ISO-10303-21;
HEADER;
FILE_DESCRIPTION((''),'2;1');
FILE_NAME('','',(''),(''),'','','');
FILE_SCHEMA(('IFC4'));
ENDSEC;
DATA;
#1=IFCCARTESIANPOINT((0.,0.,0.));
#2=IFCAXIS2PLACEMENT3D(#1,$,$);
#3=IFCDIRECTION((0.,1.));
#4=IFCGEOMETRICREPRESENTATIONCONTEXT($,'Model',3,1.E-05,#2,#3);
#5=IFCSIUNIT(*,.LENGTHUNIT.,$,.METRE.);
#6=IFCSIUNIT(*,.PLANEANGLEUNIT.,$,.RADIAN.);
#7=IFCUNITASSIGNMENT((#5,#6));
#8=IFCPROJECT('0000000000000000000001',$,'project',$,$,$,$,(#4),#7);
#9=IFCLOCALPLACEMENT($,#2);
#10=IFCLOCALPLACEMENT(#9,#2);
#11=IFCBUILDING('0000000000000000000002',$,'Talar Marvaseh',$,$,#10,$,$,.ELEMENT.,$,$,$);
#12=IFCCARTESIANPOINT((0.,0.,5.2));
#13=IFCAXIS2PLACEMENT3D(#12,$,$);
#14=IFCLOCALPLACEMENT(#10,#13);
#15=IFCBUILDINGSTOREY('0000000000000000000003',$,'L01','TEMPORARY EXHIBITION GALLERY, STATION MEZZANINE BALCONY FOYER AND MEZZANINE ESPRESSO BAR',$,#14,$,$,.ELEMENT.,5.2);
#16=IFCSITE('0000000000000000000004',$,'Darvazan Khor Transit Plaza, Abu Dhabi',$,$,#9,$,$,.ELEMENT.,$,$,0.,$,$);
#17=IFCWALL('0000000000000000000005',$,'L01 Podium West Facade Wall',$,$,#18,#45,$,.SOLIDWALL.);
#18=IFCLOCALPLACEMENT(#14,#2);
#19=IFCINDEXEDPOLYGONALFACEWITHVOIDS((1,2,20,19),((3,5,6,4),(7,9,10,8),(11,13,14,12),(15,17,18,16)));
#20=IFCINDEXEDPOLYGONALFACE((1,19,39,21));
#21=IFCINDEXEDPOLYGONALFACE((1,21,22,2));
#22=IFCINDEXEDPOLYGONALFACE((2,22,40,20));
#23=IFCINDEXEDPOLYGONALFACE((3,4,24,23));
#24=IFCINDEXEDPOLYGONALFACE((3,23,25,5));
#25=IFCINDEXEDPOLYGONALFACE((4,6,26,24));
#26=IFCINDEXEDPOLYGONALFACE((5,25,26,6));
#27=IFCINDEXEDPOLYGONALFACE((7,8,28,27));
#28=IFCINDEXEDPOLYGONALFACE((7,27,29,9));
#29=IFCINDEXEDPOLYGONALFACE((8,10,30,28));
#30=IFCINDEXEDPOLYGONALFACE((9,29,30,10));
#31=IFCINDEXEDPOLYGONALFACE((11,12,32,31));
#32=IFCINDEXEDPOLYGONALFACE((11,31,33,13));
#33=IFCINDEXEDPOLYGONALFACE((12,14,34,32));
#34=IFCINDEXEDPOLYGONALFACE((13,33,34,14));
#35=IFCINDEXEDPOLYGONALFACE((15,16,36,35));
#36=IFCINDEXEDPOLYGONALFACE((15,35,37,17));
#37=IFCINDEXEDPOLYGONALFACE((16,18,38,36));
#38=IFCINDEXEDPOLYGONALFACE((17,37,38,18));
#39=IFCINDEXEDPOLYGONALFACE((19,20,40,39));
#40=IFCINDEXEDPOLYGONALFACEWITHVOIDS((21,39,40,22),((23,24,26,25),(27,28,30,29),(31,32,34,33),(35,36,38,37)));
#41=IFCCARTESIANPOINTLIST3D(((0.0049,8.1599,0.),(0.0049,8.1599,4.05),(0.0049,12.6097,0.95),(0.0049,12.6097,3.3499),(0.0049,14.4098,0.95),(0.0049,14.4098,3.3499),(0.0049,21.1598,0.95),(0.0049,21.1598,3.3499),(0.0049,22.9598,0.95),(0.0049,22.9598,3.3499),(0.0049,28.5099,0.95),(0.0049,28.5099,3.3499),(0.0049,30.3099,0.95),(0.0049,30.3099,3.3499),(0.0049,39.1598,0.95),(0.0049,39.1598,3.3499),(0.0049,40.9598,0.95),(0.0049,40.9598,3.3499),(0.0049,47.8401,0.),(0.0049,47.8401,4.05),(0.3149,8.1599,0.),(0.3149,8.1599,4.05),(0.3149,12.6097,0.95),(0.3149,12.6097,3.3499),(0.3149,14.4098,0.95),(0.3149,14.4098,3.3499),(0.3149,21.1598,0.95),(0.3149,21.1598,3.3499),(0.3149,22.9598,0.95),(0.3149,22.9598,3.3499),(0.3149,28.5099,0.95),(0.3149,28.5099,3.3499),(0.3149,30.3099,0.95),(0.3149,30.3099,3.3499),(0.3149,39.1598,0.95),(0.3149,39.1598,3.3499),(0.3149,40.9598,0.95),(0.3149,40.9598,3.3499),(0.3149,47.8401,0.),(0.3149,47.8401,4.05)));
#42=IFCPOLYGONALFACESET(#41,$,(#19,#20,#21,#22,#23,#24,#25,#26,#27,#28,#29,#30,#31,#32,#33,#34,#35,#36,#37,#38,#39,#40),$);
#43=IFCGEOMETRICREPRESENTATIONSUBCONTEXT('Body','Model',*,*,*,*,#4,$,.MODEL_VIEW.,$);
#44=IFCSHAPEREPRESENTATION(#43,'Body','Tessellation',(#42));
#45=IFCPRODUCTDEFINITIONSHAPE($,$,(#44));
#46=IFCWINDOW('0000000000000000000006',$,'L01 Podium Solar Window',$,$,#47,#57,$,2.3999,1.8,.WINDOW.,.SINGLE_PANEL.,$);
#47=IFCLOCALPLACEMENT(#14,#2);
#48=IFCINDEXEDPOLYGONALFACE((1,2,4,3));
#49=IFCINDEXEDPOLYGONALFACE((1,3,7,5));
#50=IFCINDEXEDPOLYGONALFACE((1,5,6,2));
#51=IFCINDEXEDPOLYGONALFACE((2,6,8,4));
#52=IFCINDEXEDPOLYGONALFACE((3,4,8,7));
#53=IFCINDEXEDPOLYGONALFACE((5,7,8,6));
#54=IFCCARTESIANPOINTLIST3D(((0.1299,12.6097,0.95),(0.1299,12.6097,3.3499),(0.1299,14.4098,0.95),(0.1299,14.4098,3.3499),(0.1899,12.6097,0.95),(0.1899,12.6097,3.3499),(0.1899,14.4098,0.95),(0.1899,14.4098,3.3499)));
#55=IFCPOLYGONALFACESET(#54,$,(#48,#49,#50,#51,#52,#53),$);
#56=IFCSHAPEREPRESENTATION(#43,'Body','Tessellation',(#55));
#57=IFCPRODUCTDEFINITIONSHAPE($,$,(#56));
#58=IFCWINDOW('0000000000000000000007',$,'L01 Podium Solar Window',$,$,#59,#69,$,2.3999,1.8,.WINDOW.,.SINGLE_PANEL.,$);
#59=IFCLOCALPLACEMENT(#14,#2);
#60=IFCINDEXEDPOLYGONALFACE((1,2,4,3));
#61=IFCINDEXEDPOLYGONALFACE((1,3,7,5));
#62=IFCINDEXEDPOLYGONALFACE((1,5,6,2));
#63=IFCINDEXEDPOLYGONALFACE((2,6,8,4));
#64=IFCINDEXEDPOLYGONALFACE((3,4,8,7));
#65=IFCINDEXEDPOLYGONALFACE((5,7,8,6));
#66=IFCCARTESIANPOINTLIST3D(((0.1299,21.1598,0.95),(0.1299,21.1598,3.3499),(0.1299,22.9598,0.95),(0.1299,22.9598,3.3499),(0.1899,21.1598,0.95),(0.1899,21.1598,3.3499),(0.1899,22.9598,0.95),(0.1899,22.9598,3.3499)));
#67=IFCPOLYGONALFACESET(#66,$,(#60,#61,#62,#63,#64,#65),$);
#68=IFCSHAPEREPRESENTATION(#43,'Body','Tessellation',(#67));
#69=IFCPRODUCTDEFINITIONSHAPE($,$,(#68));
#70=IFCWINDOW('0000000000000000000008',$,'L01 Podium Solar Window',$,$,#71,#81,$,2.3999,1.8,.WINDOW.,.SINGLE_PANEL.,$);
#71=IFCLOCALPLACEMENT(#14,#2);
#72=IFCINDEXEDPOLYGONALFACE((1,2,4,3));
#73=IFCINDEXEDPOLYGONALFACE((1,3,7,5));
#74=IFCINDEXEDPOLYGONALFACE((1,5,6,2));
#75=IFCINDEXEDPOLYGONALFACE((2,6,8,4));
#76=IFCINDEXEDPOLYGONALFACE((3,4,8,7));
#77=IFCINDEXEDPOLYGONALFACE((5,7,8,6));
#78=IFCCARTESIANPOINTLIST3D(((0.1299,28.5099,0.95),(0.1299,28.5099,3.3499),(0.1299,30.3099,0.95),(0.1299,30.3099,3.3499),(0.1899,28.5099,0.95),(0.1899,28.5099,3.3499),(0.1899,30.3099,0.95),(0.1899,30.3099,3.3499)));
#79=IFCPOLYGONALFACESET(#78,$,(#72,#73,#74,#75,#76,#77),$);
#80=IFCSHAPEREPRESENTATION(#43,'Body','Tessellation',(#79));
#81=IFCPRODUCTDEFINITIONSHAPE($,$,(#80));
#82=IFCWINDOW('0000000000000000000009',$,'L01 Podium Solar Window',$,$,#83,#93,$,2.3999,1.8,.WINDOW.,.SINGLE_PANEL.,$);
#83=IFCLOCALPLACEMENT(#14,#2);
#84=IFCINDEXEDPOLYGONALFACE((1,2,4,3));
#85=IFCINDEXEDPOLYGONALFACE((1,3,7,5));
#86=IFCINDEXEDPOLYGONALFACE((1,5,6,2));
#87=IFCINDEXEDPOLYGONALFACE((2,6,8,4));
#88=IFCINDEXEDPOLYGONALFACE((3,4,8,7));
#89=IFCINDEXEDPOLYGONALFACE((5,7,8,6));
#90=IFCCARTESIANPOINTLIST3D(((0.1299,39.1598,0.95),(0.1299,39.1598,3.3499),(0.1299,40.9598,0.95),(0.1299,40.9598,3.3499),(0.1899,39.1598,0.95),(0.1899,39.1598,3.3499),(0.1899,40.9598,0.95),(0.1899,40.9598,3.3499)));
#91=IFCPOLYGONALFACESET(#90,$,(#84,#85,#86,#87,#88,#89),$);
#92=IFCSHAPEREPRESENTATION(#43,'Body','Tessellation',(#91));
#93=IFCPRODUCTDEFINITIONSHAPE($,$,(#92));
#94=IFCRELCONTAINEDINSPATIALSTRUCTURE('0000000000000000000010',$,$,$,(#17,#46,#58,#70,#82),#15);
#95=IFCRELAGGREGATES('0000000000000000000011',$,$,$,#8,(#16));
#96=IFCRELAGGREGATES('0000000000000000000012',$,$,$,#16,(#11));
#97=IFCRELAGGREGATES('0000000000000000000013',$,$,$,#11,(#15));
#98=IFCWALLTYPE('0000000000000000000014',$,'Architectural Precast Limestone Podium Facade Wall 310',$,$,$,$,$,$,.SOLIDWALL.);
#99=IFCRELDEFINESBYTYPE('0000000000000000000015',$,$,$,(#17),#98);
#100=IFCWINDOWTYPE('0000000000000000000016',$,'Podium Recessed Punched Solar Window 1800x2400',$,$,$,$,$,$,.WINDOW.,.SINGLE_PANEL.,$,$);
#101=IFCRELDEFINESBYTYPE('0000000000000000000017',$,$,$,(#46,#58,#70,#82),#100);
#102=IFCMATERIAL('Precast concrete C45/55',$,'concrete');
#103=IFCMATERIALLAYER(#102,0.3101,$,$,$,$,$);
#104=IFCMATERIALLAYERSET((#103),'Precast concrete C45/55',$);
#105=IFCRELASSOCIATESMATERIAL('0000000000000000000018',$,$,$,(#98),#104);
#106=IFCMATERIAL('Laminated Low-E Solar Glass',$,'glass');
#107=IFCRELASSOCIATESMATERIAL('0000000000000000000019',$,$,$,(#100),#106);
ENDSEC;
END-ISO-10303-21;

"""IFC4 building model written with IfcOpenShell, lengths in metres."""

from ifc_helpers import new_model, si_unit, direction, frame, frame_2d, origin, place, context, subcontext, project, spatial, rectangle, extrude, source, transform, mapped, material, layer, layer_set, type_object, type_shapes, element, fill, save


model = new_model("IFC4")

# Units and contexts
model_context = context("Model", 3, precision=1e-05, world=origin(), true_north=direction((0.0, 1.0)))
body_context = subcontext(model_context, "Body", "Model", "MODEL_VIEW")
ifc_project = project(units=[si_unit("LENGTHUNIT", "METRE"), si_unit("PLANEANGLEUNIT", "RADIAN")], contexts=[model_context])

# Site, building, storey
site_placement = place(None, origin())
site = spatial("IfcSite", under=ifc_project, at=site_placement, Name="Darvazan Khor Transit Plaza, Abu Dhabi", CompositionType="ELEMENT", RefElevation=0.0)
building_placement = place(site_placement, origin())
building = spatial("IfcBuilding", under=site, at=building_placement, Name="Talar Marvaseh", CompositionType="ELEMENT")
storey_placement = place(building_placement, frame((0.0, 0.0, 5.2)))
storey = spatial("IfcBuildingStorey", under=building, at=storey_placement, Name="L01", Description="TEMPORARY EXHIBITION GALLERY, STATION MEZZANINE BALCONY FOYER AND MEZZANINE ESPRESSO BAR", CompositionType="ELEMENT", Elevation=5.2)

# Wall, openings, windows
ifc_material_1 = material(Name="Precast concrete C45/55", Category="concrete")
ifc_layer_1 = layer(ifc_material_1, 0.3101)
ifc_layer_set_1 = layer_set([ifc_layer_1], Name="Precast concrete C45/55")
wall_type = type_object("IfcWallType", Name="Architectural Precast Limestone Podium Facade Wall 310", PredefinedType="SOLIDWALL", material=ifc_layer_set_1)
wall_placement = place(storey_placement, frame((0.1599, 8.1599, 0.0), z_axis=(0.0, 0.0, 1.0), x_axis=(0.0, 1.0, 0.0)))
wall = element("IfcWall", 1, at=wall_placement, inside=storey, type_object=wall_type, Name="L01 Podium West Facade Wall", PredefinedType="SOLIDWALL", context=body_context, shape_type="SweptSolid", body=[
    extrude(rectangle(XDim=39.6802, YDim=0.3101, at=frame_2d((19.8401, 0.0))), origin(), (0.0, 0.0, 1.0), 4.05),
])
opening_1_placement = place(wall_placement, frame((4.45, 0.0, 0.95)))
opening_1 = element("IfcOpeningElement", 2, at=opening_1_placement, cuts=wall, PredefinedType="OPENING", context=body_context, shape_type="SweptSolid", body=[
    extrude(rectangle(XDim=1.8, YDim=2.3999, at=frame_2d((0.8999, 1.2))), frame((0.0, 0.165, 0.0), z_axis=(0.0, -1.0, 0.0), x_axis=(1.0, 0.0, 0.0)), (0.0, 0.0, 1.0), 0.3301),
])
opening_2_placement = place(wall_placement, frame((13.0, 0.0, 0.95)))
opening_2 = element("IfcOpeningElement", 3, at=opening_2_placement, cuts=wall, PredefinedType="OPENING", context=body_context, shape_type="SweptSolid", body=[
    extrude(rectangle(XDim=1.8, YDim=2.3999, at=frame_2d((0.8999, 1.2))), frame((0.0, 0.165, 0.0), z_axis=(0.0, -1.0, 0.0), x_axis=(1.0, 0.0, 0.0)), (0.0, 0.0, 1.0), 0.3301),
])
opening_3_placement = place(wall_placement, frame((20.3501, 0.0, 0.95)))
opening_3 = element("IfcOpeningElement", 4, at=opening_3_placement, cuts=wall, PredefinedType="OPENING", context=body_context, shape_type="SweptSolid", body=[
    extrude(rectangle(XDim=1.8, YDim=2.3999, at=frame_2d((0.8999, 1.2))), frame((0.0, 0.165, 0.0), z_axis=(0.0, -1.0, 0.0), x_axis=(1.0, 0.0, 0.0)), (0.0, 0.0, 1.0), 0.3301),
])
opening_4_placement = place(wall_placement, frame((31.0, 0.0, 0.95)))
opening_4 = element("IfcOpeningElement", 5, at=opening_4_placement, cuts=wall, PredefinedType="OPENING", context=body_context, shape_type="SweptSolid", body=[
    extrude(rectangle(XDim=1.8, YDim=2.3999, at=frame_2d((0.8999, 1.2))), frame((0.0, 0.165, 0.0), z_axis=(0.0, -1.0, 0.0), x_axis=(1.0, 0.0, 0.0)), (0.0, 0.0, 1.0), 0.3301),
])
ifc_material_2 = material(Name="Laminated Low-E Solar Glass", Category="glass")
window_type = type_object("IfcWindowType", Name="Podium Recessed Punched Solar Window 1800x2400", PartitioningType="SINGLE_PANEL", PredefinedType="WINDOW", material=ifc_material_2)
shared_shape = source(origin(), body_context, "Body", "SweptSolid", [
    extrude(rectangle(XDim=1.8, YDim=2.3999, at=frame_2d((0.8999, 1.2))), frame((0.0, 0.03, 0.0), z_axis=(0.0, -1.0, 0.0), x_axis=(1.0, 0.0, 0.0)), (0.0, 0.0, 1.0), 0.0601),
])
type_shapes(window_type, [shared_shape])
window_1_placement = place(opening_1_placement, origin())
window_1 = element("IfcWindow", 6, at=window_1_placement, inside=storey, type_object=window_type, Name="L01 Podium Solar Window", OverallHeight=2.3999, OverallWidth=1.8, PartitioningType="SINGLE_PANEL", PredefinedType="WINDOW", context=body_context, shape_type="MappedRepresentation", body=[
    mapped(shared_shape, transform((0.0, 0.0, 0.0), x_axis=(1.0, 0.0, 0.0), y_axis=(0.0, 1.0, 0.0), z_axis=(0.0, 0.0, 1.0), scale=1.0)),
])
fill(opening_1, window_1)
window_2_placement = place(opening_2_placement, origin())
window_2 = element("IfcWindow", 7, at=window_2_placement, inside=storey, type_object=window_type, Name="L01 Podium Solar Window", OverallHeight=2.3999, OverallWidth=1.8, PartitioningType="SINGLE_PANEL", PredefinedType="WINDOW", context=body_context, shape_type="MappedRepresentation", body=[
    mapped(shared_shape, transform((0.0, 0.0, 0.0), x_axis=(1.0, 0.0, 0.0), y_axis=(0.0, 1.0, 0.0), z_axis=(0.0, 0.0, 1.0), scale=1.0)),
])
fill(opening_2, window_2)
window_3_placement = place(opening_3_placement, origin())
window_3 = element("IfcWindow", 8, at=window_3_placement, inside=storey, type_object=window_type, Name="L01 Podium Solar Window", OverallHeight=2.3999, OverallWidth=1.8, PartitioningType="SINGLE_PANEL", PredefinedType="WINDOW", context=body_context, shape_type="MappedRepresentation", body=[
    mapped(shared_shape, transform((0.0, 0.0, 0.0), x_axis=(1.0, 0.0, 0.0), y_axis=(0.0, 1.0, 0.0), z_axis=(0.0, 0.0, 1.0), scale=1.0)),
])
fill(opening_3, window_3)
window_4_placement = place(opening_4_placement, origin())
window_4 = element("IfcWindow", 9, at=window_4_placement, inside=storey, type_object=window_type, Name="L01 Podium Solar Window", OverallHeight=2.3999, OverallWidth=1.8, PartitioningType="SINGLE_PANEL", PredefinedType="WINDOW", context=body_context, shape_type="MappedRepresentation", body=[
    mapped(shared_shape, transform((0.0, 0.0, 0.0), x_axis=(1.0, 0.0, 0.0), y_axis=(0.0, 1.0, 0.0), z_axis=(0.0, 0.0, 1.0), scale=1.0)),
])
fill(opening_4, window_4)

save(model, "model.ifc")
